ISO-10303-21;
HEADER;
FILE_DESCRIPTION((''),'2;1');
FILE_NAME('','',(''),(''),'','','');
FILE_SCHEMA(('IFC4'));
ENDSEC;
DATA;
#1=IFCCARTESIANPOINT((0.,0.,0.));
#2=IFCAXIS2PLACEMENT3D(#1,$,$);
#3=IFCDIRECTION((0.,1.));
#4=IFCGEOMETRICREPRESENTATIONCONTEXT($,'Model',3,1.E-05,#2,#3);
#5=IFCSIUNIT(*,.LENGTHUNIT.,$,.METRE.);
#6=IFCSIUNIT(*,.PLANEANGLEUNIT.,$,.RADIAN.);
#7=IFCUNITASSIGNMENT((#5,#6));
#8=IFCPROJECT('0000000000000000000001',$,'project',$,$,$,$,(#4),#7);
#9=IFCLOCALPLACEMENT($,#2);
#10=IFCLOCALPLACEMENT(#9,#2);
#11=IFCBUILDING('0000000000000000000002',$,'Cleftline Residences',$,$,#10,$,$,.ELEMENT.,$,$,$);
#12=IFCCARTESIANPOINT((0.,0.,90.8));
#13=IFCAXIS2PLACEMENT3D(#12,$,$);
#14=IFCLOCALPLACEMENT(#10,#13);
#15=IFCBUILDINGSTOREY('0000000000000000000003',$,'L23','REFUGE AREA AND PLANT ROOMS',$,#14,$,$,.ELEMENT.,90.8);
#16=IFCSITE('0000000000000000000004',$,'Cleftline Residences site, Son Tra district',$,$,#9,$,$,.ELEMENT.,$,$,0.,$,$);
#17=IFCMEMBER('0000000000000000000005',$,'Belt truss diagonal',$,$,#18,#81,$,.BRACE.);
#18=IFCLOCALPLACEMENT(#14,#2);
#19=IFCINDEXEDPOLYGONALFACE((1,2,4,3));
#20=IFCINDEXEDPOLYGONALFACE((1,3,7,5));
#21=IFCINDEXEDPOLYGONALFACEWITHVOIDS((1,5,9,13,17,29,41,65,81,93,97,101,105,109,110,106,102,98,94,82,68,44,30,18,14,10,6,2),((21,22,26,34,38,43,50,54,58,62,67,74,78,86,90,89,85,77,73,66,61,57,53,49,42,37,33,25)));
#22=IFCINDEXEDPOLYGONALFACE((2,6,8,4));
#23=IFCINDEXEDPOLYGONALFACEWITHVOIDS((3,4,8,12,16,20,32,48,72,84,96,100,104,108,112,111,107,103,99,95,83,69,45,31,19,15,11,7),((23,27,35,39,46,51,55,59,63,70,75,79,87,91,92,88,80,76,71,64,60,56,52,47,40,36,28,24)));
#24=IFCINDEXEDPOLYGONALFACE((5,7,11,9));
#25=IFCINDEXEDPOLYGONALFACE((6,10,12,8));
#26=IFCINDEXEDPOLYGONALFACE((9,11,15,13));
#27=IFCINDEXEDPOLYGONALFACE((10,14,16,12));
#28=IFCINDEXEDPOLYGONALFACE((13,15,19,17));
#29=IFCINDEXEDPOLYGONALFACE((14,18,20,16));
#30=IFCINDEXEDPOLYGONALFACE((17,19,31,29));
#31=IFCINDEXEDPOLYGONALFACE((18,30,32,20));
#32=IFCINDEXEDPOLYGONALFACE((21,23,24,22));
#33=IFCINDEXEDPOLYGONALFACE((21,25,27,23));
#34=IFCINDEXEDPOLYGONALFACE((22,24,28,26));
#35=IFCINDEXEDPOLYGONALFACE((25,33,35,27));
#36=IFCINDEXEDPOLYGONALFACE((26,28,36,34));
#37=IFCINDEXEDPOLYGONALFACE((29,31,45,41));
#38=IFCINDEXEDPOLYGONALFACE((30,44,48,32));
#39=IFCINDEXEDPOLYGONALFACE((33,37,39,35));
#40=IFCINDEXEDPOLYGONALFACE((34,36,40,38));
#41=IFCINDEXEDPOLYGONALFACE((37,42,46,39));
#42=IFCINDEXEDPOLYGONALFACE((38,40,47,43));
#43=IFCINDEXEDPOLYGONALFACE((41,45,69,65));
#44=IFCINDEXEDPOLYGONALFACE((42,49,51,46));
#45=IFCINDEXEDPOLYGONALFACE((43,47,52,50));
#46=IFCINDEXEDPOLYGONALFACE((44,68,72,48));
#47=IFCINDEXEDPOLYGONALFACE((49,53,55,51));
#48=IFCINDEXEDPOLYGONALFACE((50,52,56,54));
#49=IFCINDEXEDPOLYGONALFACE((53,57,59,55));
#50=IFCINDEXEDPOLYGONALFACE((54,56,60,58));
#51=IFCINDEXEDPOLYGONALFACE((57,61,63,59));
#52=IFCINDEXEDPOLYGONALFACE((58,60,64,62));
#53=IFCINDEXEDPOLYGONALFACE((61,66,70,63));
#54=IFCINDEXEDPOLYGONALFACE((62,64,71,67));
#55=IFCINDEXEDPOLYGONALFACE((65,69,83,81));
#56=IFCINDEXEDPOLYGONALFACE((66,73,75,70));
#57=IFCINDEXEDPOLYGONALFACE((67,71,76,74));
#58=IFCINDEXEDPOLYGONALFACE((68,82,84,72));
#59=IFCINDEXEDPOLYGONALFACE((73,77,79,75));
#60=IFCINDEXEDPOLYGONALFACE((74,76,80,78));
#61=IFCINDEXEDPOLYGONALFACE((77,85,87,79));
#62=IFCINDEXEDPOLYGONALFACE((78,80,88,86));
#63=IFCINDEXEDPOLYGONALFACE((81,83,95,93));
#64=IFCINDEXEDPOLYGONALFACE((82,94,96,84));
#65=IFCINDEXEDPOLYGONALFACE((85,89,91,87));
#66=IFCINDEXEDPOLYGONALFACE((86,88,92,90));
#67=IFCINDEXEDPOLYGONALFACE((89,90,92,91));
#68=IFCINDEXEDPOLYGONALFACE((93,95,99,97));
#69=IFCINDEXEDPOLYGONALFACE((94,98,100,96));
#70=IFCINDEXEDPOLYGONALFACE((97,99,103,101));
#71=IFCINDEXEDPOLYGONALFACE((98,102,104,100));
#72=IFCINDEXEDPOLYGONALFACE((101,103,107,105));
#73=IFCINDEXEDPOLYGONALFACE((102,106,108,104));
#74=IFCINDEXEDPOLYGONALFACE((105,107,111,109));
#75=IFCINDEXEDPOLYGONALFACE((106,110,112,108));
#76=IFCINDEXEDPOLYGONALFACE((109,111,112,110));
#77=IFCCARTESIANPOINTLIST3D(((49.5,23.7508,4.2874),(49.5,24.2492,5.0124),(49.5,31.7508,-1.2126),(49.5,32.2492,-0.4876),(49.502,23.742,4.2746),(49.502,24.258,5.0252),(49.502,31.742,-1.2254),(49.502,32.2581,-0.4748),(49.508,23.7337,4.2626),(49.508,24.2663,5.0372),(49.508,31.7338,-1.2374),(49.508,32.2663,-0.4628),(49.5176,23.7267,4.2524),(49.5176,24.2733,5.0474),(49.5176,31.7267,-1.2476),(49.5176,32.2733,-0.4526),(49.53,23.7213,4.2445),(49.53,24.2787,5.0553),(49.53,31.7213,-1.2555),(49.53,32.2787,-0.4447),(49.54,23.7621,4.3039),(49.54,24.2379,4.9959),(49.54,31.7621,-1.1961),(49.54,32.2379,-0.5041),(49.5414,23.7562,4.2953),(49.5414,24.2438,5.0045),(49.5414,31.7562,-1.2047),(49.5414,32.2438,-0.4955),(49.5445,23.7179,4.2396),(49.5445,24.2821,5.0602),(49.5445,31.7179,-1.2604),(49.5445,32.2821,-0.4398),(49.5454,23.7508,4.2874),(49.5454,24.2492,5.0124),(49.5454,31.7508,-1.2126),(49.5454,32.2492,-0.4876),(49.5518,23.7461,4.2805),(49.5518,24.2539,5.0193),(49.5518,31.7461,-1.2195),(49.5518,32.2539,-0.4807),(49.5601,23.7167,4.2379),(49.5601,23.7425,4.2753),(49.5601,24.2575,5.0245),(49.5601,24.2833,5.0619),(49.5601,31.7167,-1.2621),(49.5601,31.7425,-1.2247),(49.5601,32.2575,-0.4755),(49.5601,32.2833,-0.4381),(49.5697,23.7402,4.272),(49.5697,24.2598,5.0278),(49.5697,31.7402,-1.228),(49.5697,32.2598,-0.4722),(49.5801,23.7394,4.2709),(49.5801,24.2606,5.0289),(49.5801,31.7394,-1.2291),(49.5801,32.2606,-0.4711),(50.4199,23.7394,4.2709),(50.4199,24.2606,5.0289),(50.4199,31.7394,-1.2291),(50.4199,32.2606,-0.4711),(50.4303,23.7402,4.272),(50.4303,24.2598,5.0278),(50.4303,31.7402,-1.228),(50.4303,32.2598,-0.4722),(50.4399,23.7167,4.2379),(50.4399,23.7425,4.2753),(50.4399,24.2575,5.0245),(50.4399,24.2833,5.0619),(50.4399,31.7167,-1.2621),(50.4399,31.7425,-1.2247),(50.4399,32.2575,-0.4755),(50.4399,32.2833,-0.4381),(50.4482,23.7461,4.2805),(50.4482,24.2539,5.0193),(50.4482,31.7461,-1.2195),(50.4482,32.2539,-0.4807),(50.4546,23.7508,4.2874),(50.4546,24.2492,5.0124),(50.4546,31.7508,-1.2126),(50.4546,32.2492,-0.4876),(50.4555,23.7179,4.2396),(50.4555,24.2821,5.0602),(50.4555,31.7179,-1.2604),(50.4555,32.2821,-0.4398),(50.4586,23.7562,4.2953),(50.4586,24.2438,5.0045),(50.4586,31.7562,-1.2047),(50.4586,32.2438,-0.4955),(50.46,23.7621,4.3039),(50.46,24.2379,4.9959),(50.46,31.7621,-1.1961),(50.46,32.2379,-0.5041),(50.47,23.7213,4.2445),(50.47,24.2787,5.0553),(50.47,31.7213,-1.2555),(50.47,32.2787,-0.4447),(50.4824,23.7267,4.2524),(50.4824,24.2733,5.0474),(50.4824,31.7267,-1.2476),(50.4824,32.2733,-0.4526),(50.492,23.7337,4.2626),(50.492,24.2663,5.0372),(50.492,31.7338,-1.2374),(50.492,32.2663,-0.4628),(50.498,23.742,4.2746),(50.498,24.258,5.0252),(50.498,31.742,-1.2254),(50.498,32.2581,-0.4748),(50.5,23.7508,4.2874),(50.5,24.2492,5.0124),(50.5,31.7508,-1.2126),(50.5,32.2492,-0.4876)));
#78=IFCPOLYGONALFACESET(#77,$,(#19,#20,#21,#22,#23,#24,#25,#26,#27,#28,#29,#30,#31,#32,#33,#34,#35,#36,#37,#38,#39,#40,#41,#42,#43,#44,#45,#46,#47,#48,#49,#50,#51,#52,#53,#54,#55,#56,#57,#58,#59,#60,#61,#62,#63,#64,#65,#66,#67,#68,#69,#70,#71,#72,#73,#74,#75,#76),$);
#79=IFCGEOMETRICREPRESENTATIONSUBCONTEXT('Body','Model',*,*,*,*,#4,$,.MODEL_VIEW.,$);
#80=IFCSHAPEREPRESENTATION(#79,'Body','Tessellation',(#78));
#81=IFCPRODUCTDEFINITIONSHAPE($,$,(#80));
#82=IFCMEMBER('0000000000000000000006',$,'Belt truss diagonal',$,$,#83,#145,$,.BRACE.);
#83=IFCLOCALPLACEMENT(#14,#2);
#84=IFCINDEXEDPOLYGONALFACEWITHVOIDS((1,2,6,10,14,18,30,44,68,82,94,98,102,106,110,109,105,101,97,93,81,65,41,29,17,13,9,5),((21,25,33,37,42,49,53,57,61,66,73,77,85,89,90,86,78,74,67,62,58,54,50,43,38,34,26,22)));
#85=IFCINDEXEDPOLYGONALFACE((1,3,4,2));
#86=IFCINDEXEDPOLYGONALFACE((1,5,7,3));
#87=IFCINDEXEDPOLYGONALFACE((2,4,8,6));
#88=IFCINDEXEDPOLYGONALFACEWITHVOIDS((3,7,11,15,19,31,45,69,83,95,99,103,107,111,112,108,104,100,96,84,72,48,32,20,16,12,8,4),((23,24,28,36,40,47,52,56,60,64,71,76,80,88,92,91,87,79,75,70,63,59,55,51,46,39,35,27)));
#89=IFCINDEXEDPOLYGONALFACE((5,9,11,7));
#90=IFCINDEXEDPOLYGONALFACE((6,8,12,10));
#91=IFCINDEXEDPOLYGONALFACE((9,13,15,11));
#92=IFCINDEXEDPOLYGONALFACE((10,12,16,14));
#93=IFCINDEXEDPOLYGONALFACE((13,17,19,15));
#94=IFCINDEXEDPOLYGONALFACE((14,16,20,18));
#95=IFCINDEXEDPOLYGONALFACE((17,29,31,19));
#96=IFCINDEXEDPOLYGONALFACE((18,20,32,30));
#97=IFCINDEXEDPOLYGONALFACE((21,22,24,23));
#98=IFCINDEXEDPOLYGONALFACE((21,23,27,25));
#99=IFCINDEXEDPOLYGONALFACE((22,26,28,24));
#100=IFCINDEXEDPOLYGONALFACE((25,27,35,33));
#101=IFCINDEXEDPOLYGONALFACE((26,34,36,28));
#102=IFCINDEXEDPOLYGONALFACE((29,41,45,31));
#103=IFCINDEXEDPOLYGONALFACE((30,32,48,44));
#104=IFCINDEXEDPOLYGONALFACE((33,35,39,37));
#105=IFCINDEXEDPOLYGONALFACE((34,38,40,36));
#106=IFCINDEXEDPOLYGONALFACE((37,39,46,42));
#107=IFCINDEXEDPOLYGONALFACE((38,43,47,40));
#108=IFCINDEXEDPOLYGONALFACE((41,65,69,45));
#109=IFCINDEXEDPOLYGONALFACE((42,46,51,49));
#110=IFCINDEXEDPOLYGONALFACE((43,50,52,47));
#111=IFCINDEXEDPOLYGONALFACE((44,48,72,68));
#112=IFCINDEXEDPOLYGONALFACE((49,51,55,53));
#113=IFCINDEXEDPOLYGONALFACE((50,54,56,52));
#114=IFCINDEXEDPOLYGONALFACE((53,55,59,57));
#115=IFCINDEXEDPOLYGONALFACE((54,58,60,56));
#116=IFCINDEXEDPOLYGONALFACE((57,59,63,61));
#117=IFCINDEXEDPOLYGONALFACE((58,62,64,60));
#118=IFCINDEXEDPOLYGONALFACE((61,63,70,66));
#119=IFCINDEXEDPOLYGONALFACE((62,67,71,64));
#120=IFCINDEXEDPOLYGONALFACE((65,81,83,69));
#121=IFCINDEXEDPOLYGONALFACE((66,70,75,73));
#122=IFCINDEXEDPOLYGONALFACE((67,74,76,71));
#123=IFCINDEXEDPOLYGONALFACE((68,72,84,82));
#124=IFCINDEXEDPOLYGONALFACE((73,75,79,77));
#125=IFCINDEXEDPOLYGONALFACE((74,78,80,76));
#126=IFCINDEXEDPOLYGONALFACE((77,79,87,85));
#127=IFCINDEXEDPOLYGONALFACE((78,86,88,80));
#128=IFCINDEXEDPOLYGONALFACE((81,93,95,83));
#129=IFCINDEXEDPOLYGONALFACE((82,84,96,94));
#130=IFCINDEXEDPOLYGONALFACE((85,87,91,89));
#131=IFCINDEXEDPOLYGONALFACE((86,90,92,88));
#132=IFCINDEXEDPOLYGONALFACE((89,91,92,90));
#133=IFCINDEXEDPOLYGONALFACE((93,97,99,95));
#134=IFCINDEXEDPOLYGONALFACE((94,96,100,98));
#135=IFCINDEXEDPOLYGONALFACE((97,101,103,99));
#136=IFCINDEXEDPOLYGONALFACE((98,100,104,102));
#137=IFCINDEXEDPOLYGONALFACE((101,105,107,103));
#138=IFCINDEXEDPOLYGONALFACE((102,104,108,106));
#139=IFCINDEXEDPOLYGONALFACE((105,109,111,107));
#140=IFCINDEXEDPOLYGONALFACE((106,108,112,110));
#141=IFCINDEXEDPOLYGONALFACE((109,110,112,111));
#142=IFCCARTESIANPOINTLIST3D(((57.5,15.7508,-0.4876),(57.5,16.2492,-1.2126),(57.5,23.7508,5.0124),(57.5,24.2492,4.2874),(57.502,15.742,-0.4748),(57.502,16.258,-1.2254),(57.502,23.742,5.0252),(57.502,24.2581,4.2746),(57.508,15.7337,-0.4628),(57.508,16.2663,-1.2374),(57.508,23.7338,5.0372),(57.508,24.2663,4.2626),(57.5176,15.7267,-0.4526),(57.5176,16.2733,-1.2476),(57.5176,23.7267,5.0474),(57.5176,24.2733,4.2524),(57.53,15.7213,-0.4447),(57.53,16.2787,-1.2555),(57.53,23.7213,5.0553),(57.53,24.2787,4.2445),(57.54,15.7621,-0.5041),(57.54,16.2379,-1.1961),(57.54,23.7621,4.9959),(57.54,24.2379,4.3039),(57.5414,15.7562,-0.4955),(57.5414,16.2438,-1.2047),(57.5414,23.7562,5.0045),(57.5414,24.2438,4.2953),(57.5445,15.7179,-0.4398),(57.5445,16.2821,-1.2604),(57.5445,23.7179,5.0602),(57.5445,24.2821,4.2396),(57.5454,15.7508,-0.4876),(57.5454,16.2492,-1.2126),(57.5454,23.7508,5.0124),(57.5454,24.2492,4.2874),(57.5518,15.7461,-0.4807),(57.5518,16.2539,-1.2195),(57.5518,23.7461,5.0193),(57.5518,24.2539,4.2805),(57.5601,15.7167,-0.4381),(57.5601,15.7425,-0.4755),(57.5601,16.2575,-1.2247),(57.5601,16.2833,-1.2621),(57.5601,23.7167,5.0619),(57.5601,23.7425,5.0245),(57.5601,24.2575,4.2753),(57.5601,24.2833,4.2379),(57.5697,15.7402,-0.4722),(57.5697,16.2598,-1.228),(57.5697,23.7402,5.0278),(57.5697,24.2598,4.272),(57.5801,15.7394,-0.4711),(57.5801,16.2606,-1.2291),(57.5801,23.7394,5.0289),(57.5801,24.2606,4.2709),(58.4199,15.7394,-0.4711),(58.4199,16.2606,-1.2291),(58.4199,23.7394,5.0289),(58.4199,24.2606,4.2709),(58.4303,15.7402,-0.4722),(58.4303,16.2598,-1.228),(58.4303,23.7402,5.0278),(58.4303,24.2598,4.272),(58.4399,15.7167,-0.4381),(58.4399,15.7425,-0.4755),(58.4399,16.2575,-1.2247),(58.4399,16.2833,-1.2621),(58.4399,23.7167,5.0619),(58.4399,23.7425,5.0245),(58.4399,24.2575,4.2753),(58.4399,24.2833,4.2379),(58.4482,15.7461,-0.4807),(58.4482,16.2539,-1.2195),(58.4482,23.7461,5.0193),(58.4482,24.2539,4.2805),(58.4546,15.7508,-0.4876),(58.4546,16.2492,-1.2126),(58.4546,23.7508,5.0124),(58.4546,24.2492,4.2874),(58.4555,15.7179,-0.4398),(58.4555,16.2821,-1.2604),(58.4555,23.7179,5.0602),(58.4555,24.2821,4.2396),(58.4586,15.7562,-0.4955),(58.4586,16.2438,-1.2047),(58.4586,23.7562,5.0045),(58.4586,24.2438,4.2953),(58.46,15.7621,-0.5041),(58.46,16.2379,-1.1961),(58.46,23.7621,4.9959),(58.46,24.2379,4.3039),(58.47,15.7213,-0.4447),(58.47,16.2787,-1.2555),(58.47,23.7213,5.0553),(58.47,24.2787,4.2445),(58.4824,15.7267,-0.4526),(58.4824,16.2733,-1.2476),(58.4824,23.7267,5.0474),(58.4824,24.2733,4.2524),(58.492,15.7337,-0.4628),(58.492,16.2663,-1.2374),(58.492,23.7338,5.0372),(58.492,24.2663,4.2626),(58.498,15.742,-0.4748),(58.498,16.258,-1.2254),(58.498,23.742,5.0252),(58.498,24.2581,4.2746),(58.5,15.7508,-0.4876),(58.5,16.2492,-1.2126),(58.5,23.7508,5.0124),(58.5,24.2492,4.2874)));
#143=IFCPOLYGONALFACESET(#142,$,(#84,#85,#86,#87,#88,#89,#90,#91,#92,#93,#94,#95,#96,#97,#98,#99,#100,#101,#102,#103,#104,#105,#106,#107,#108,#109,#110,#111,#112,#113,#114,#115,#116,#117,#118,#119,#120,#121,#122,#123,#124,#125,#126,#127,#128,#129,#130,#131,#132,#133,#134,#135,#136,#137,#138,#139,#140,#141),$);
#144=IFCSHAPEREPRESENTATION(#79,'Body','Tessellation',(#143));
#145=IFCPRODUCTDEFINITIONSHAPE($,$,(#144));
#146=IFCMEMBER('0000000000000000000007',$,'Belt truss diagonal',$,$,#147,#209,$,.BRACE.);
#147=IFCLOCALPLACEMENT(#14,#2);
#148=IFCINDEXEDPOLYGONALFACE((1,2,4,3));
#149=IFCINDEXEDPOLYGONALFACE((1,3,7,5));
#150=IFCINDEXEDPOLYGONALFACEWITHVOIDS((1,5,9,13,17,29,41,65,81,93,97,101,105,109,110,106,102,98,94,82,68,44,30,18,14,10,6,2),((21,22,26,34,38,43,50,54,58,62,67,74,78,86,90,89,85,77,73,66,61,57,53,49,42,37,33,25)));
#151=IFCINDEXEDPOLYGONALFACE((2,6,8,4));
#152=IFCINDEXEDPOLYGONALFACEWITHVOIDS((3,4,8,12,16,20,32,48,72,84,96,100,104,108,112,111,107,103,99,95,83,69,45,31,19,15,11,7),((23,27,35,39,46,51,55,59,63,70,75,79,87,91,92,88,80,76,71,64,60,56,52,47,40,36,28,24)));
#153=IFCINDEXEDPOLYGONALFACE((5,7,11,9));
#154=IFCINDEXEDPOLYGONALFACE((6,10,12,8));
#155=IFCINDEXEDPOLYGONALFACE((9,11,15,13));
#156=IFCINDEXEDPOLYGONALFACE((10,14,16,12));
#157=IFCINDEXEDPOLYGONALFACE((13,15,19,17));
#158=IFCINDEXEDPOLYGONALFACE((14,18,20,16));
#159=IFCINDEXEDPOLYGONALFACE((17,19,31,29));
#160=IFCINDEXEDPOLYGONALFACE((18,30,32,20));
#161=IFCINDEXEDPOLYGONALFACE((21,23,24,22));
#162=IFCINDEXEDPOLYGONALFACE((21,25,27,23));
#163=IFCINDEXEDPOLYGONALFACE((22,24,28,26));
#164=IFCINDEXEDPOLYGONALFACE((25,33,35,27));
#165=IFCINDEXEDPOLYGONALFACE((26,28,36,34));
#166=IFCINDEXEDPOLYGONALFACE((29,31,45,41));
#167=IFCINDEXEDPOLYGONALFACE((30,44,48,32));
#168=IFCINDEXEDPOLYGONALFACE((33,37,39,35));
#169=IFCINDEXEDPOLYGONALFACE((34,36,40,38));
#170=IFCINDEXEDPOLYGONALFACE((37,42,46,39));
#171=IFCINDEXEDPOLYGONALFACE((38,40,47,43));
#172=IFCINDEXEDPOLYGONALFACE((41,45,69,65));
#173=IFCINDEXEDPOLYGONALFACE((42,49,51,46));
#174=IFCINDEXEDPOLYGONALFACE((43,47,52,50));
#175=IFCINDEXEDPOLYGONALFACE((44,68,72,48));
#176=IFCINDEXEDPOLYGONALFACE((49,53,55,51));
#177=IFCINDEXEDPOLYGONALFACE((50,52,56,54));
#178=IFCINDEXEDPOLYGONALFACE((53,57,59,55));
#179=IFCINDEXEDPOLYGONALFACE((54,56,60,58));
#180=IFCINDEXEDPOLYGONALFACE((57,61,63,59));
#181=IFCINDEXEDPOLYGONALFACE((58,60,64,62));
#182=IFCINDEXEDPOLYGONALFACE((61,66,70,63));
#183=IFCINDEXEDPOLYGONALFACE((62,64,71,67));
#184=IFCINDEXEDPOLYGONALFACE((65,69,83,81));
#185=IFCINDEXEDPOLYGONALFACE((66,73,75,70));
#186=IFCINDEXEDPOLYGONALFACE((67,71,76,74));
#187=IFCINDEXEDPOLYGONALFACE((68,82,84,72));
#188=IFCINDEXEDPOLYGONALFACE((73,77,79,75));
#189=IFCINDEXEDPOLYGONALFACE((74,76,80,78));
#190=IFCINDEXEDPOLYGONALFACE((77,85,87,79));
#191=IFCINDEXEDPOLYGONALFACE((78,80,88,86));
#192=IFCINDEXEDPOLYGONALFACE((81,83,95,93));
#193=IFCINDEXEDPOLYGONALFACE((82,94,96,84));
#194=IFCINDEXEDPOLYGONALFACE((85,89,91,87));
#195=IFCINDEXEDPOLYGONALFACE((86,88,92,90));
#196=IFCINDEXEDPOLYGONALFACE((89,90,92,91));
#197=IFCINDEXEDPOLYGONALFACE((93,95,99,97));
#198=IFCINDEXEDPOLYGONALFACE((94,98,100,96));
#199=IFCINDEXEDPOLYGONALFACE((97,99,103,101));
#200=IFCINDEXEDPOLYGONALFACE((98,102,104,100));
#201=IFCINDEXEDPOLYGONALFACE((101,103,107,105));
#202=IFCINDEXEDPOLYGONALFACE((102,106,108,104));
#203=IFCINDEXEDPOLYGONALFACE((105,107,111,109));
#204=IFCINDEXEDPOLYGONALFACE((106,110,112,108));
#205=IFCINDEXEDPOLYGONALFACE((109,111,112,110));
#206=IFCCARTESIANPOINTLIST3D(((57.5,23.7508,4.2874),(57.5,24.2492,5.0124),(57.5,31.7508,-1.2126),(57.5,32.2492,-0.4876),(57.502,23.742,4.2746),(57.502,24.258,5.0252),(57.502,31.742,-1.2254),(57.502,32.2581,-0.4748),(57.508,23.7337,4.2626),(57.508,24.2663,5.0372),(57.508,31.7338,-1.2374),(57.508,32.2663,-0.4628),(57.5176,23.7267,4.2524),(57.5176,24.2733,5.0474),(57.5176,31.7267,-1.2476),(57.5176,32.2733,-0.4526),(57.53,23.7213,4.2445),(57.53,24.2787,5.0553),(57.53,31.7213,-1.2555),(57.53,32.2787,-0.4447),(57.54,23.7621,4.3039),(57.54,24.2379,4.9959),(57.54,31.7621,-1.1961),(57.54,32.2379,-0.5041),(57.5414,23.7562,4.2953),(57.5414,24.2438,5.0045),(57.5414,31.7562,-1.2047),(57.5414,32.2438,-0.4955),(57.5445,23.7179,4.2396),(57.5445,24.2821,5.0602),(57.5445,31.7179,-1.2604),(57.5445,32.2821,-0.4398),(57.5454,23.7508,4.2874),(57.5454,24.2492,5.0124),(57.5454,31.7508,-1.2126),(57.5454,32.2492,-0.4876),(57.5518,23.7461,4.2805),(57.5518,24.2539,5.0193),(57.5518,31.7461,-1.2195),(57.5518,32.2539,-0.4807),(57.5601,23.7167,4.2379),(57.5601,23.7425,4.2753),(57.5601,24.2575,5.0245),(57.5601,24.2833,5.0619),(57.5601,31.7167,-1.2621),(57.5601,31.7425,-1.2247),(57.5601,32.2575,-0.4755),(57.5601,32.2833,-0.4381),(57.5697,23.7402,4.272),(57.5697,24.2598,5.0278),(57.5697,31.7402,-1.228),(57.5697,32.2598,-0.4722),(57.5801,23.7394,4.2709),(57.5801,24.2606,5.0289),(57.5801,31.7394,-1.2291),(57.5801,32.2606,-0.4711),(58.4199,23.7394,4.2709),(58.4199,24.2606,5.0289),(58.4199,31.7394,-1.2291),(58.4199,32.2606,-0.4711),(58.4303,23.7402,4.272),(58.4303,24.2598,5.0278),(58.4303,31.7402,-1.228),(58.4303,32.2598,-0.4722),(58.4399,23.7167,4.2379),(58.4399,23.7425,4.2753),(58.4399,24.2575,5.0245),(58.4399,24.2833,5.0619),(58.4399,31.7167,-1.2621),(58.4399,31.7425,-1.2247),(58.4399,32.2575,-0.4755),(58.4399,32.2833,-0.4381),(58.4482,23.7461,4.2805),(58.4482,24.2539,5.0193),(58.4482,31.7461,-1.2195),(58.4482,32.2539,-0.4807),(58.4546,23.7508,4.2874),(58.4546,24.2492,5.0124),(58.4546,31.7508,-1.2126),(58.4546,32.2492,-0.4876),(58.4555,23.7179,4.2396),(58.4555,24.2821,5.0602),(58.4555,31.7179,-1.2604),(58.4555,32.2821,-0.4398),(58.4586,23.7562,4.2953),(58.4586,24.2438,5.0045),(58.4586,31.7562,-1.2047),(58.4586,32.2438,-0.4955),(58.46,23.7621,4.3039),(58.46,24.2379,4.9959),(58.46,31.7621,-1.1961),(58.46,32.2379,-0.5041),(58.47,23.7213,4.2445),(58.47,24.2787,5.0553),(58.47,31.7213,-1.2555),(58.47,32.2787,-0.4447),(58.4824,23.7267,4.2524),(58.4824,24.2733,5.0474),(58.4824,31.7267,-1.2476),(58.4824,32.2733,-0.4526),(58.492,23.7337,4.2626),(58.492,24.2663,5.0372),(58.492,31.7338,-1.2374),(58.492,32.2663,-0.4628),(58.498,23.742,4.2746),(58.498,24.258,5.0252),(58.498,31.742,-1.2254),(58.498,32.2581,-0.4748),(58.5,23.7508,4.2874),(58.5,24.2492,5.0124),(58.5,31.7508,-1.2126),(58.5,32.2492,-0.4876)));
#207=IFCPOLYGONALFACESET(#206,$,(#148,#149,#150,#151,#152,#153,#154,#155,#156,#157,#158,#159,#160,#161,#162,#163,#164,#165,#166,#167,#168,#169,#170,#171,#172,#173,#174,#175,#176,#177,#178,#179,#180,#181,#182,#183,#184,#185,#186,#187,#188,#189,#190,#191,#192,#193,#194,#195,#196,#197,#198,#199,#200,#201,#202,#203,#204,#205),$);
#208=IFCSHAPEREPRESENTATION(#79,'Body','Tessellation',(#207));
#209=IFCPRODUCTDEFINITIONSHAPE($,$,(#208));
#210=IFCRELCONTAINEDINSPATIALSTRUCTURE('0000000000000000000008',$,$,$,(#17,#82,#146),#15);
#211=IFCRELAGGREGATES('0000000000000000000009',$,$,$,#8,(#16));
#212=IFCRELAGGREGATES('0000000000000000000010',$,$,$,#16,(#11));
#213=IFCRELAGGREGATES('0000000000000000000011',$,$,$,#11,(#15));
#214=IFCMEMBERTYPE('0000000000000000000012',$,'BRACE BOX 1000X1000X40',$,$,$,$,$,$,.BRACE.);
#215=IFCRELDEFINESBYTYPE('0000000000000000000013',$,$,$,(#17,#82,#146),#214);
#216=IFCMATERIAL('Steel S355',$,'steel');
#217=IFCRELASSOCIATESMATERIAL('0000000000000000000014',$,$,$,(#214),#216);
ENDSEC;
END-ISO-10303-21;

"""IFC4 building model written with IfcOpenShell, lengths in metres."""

from ifc_helpers import new_model, si_unit, direction, frame, origin, origin_2d, place, context, subcontext, project, spatial, hollow_rectangle, extrude, material, material_profile, profile_set, type_object, element, save


model = new_model("IFC4")

# Units and contexts
model_context = context("Model", 3, precision=1e-05, world=origin(), true_north=direction((0.0, 1.0)))
body_context = subcontext(model_context, "Body", "Model", "MODEL_VIEW")
ifc_project = project(units=[si_unit("LENGTHUNIT", "METRE"), si_unit("PLANEANGLEUNIT", "RADIAN")], contexts=[model_context])

# Site, building, storey
site_placement = place(None, origin())
site = spatial("IfcSite", under=ifc_project, at=site_placement, Name="Cleftline Residences site, Son Tra district", CompositionType="ELEMENT", RefElevation=0.0)
building_placement = place(site_placement, origin())
building = spatial("IfcBuilding", under=site, at=building_placement, Name="Cleftline Residences", CompositionType="ELEMENT")
storey_placement = place(building_placement, frame((0.0, 0.0, 90.8)))
storey = spatial("IfcBuildingStorey", under=building, at=storey_placement, Name="L23", Description="REFUGE AREA AND PLANT ROOMS", CompositionType="ELEMENT", Elevation=90.8)

# Members
ifc_material_1 = material(Name="Steel S355", Category="steel")
ifc_material_profile_1 = material_profile(ifc_material_1, hollow_rectangle(XDim=1.0, YDim=1.0, WallThickness=0.04, InnerFilletRadius=0.04, OuterFilletRadius=0.0601, at=origin_2d()))
ifc_profile_set_1 = profile_set([ifc_material_profile_1], Name="Steel S355")
member_type_1 = type_object("IfcMemberType", Name="BRACE BOX 1000X1000X40", PredefinedType="BRACE", material=ifc_profile_set_1)
for number, where, z_axis, x_axis, name in (
    (1, (50.0, 24.0, 4.6499), (0.0, 0.824042, -0.566529), (0.0, 0.566529, 0.824042), "Belt truss diagonal"),
    (2, (58.0, 16.0, -0.8501), (0.0, 0.824042, 0.566529), (0.0, -0.566529, 0.824042), "Belt truss diagonal"),
    (3, (58.0, 24.0, 4.6499), (0.0, 0.824042, -0.566529), (0.0, 0.566529, 0.824042), "Belt truss diagonal"),
):
    element("IfcMember", number, at=place(storey_placement, frame(where, z_axis=z_axis, x_axis=x_axis)), inside=storey, type_object=member_type_1, Name=name, PredefinedType="BRACE", context=body_context, shape_type="SweptSolid", body=[
        extrude(hollow_rectangle(XDim=1.0, YDim=1.0, WallThickness=0.04, InnerFilletRadius=0.04, OuterFilletRadius=0.0601, at=origin_2d()), origin(), (0.0, 0.0, 1.0), 9.7083),
    ])

save(model, "model.ifc")
